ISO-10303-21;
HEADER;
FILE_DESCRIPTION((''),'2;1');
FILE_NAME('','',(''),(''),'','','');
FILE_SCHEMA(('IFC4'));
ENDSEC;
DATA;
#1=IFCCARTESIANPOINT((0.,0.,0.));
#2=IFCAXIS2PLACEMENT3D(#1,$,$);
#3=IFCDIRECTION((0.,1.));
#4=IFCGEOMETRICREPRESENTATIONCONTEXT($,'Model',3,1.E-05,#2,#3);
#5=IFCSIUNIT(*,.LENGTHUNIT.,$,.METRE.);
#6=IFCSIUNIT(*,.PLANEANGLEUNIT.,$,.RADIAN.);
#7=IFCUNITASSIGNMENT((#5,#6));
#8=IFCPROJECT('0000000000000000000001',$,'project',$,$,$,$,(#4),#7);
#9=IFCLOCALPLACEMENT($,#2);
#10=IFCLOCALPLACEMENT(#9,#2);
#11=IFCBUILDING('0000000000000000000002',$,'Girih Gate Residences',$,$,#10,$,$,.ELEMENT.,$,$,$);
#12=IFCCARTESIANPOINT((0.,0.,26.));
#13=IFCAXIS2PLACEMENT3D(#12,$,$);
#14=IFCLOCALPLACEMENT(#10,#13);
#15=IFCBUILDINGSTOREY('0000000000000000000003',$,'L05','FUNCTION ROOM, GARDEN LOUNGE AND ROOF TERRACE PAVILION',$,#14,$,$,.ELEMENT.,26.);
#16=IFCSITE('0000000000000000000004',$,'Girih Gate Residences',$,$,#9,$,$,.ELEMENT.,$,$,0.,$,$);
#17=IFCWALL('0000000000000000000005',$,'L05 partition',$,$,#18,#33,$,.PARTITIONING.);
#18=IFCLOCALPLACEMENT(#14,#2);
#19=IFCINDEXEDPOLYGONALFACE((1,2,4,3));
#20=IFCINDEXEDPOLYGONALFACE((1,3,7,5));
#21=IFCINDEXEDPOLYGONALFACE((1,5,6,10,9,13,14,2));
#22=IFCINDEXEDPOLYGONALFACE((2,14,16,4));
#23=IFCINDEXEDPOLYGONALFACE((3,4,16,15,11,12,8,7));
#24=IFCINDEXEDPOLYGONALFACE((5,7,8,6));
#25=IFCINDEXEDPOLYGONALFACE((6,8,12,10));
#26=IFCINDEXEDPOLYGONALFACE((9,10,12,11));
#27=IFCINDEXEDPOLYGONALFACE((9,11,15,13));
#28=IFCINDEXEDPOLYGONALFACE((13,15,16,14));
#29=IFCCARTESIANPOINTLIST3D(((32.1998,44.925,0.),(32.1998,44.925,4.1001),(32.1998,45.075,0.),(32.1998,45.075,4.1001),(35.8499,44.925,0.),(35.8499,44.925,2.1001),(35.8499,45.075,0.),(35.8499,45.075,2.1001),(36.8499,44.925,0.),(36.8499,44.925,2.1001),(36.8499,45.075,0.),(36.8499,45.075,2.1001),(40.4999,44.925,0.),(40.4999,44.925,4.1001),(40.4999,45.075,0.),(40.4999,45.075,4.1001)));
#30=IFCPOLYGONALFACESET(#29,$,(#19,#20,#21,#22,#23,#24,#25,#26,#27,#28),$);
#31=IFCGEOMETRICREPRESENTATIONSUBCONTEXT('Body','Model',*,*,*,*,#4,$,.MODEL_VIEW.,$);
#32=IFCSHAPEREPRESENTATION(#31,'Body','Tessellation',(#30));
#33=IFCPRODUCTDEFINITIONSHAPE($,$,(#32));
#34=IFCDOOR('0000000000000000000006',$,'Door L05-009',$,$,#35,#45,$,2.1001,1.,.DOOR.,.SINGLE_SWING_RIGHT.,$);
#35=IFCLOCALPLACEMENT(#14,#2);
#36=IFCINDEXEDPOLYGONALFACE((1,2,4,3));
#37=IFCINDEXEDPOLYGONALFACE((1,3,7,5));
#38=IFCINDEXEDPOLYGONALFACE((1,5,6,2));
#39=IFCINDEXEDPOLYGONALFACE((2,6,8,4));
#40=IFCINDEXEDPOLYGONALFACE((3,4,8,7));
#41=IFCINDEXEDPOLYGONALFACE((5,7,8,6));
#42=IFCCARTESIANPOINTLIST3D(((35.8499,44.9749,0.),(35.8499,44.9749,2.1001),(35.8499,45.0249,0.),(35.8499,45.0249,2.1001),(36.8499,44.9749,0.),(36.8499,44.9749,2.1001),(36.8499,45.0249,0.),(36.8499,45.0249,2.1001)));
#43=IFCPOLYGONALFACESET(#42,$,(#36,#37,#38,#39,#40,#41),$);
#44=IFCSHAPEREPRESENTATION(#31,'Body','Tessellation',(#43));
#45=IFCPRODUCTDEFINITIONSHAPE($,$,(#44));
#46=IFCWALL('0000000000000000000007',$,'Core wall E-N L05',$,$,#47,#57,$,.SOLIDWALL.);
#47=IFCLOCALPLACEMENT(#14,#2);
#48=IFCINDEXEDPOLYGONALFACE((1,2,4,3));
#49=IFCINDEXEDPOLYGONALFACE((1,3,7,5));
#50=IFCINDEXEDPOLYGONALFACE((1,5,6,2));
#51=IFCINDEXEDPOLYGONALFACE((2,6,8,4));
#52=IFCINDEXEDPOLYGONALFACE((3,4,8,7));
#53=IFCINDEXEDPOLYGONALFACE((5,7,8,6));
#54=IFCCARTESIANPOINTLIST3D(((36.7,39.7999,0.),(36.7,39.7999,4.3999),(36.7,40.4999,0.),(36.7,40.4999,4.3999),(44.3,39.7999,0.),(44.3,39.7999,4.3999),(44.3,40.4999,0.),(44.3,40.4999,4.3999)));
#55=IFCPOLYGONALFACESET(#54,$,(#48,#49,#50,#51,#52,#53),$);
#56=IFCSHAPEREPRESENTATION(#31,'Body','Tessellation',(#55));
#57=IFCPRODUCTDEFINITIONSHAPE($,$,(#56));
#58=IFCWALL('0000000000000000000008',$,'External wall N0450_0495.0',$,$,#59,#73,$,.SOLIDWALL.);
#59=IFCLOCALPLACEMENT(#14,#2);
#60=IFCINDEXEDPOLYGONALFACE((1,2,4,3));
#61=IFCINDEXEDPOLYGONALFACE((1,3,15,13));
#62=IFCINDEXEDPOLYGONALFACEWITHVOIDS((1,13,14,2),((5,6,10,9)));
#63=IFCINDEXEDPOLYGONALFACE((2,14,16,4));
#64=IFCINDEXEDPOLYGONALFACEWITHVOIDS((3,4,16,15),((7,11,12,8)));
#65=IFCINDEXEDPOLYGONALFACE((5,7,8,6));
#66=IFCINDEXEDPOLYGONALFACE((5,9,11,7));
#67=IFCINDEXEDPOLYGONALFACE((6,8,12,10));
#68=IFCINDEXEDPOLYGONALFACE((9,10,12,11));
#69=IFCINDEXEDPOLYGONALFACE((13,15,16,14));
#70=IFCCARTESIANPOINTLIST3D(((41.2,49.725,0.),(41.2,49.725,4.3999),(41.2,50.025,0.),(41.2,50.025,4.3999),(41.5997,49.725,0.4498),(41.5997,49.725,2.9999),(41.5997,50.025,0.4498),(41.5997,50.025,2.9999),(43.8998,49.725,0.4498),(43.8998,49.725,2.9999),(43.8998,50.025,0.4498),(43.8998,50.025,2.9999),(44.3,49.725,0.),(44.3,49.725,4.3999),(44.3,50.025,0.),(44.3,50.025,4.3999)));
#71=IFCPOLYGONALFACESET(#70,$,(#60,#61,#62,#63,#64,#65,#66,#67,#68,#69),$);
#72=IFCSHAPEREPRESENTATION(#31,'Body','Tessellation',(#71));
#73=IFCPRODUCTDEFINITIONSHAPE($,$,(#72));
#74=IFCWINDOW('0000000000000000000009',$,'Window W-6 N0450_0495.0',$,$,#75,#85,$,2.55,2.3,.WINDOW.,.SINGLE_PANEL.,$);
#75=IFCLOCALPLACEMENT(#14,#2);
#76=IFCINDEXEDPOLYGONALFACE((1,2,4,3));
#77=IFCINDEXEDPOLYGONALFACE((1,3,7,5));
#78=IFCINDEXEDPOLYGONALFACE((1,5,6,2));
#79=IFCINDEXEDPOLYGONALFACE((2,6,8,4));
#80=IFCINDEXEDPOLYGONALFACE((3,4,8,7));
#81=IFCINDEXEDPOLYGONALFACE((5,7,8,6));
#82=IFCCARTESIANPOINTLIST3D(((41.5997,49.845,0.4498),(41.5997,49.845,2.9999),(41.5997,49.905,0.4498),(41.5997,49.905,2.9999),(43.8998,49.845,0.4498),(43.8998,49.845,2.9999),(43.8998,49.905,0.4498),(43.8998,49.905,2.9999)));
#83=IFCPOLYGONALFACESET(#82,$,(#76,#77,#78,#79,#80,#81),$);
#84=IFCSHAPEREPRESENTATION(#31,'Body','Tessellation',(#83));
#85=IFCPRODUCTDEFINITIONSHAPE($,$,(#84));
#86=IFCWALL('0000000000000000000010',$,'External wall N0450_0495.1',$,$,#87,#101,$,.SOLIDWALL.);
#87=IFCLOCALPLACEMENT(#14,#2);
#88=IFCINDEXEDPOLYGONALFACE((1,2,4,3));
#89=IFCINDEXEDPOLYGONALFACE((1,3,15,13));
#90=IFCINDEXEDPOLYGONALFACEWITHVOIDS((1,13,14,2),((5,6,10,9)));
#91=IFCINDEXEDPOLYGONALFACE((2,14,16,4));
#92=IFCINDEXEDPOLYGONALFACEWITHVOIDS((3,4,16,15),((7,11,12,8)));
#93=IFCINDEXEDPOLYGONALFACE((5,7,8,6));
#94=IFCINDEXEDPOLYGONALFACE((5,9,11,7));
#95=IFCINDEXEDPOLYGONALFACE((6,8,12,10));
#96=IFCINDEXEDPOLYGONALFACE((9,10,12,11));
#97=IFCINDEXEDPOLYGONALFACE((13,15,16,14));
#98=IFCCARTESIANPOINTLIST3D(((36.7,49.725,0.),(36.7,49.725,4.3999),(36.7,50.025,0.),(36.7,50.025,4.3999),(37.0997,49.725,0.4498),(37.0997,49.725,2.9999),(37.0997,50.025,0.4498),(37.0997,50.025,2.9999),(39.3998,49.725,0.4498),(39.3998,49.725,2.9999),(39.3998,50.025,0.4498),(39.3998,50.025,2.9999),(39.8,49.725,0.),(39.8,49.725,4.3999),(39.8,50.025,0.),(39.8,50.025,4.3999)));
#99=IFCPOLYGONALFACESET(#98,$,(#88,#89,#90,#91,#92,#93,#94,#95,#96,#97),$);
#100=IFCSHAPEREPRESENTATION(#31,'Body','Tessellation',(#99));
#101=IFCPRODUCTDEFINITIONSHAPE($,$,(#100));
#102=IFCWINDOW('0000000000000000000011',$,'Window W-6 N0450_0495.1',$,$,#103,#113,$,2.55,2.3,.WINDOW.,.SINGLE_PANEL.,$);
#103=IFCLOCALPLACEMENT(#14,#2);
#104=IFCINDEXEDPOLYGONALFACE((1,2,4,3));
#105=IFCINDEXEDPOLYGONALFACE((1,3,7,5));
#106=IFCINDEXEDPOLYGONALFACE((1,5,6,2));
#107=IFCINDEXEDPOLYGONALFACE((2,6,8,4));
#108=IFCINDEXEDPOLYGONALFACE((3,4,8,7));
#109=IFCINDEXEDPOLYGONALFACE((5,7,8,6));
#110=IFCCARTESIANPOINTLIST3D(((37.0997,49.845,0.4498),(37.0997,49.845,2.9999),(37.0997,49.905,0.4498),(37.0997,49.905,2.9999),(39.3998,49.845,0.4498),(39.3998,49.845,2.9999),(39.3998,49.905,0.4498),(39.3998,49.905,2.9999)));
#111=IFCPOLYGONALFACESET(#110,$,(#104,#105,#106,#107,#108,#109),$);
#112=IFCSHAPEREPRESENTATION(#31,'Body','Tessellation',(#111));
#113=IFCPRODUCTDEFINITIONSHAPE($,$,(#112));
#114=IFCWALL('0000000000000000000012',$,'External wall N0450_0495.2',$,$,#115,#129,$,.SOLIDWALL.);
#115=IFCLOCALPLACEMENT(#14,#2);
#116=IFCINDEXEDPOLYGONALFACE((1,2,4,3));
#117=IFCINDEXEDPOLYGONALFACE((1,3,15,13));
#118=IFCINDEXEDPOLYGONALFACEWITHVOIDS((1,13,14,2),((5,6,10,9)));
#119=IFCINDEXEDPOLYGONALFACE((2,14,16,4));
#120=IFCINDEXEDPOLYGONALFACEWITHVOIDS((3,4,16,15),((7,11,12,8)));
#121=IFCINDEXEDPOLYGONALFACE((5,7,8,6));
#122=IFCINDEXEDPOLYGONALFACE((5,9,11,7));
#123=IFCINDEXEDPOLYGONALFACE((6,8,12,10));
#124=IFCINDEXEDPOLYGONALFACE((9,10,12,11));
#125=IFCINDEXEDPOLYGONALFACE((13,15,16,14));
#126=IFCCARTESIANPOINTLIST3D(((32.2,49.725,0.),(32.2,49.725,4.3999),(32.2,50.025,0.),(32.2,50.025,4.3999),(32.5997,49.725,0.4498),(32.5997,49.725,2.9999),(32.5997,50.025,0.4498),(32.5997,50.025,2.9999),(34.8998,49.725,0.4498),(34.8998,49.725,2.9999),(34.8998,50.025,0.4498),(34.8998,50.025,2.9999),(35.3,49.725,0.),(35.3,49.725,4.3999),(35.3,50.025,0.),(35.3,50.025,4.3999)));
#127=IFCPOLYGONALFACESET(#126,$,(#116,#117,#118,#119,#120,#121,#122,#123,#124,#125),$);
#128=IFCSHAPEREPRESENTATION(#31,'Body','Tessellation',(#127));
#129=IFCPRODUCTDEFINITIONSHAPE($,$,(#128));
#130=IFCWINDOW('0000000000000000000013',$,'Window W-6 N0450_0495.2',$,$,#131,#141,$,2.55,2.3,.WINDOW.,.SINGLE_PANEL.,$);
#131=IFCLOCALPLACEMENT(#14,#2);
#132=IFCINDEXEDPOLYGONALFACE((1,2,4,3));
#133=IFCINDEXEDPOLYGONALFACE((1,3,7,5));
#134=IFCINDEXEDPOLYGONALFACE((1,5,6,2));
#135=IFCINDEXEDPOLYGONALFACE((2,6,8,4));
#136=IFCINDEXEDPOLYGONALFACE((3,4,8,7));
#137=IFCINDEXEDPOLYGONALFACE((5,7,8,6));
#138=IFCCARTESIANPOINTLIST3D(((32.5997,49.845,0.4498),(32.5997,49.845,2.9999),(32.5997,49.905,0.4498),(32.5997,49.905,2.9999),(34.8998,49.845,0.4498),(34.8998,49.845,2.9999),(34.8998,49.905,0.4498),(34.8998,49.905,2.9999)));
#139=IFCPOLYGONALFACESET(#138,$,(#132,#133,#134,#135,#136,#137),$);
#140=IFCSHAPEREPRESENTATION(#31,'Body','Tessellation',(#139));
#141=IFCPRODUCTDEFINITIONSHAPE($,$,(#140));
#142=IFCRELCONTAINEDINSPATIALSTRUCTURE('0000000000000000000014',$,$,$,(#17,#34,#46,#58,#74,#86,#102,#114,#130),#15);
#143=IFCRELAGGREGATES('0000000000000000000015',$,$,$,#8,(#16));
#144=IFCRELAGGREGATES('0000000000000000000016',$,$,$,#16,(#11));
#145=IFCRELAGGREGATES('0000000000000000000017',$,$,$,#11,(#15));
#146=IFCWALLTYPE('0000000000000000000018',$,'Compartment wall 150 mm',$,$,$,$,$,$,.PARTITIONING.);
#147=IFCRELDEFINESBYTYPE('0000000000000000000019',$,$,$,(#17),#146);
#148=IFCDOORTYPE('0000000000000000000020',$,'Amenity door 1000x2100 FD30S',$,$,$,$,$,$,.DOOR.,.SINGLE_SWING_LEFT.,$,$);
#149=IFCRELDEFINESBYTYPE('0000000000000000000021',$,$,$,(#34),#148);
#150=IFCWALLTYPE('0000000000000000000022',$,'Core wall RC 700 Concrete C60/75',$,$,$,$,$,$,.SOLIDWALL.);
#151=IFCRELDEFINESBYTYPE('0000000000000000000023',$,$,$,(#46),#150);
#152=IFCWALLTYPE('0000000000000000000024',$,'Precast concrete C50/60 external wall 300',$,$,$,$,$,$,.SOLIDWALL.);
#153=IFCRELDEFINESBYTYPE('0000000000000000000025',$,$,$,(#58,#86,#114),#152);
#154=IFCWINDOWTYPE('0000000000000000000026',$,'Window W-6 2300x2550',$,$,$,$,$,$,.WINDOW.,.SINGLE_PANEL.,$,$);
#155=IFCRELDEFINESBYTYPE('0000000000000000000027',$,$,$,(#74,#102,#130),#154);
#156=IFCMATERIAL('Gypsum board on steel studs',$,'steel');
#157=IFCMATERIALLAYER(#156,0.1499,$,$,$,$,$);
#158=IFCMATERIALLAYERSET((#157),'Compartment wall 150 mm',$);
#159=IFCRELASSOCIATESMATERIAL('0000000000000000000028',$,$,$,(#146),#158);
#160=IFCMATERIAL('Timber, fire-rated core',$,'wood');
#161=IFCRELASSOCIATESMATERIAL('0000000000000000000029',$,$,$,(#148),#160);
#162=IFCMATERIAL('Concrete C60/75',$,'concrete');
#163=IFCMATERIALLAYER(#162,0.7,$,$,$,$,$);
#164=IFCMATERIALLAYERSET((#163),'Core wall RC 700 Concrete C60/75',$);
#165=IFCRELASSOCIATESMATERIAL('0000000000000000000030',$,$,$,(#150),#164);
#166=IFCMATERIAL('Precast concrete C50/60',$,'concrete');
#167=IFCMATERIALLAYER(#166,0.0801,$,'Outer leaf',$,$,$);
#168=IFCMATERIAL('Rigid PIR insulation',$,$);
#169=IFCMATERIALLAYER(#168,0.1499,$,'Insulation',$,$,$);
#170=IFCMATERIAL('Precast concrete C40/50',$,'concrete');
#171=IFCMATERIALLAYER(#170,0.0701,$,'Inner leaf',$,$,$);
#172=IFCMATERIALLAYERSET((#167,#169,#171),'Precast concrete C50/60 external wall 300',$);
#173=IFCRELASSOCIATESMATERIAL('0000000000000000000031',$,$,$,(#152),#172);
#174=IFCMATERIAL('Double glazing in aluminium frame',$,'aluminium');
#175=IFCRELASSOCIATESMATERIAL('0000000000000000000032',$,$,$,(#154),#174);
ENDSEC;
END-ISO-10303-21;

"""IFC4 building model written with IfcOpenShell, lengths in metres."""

from ifc_helpers import new_model, si_unit, direction, frame, frame_2d, origin, place, context, subcontext, project, spatial, rectangle, extrude, material, layer, layer_set, type_object, element, fill, save


model = new_model("IFC4")

# Units and contexts
model_context = context("Model", 3, precision=1e-05, world=origin(), true_north=direction((0.0, 1.0)))
body_context = subcontext(model_context, "Body", "Model", "MODEL_VIEW")
ifc_project = project(units=[si_unit("LENGTHUNIT", "METRE"), si_unit("PLANEANGLEUNIT", "RADIAN")], contexts=[model_context])

# Site, building, storey
site_placement = place(None, origin())
site = spatial("IfcSite", under=ifc_project, at=site_placement, Name="Girih Gate Residences", CompositionType="ELEMENT", RefElevation=0.0)
building_placement = place(site_placement, origin())
building = spatial("IfcBuilding", under=site, at=building_placement, Name="Girih Gate Residences", CompositionType="ELEMENT")
storey_placement = place(building_placement, frame((0.0, 0.0, 26.0)))
storey = spatial("IfcBuildingStorey", under=building, at=storey_placement, Name="L05", Description="FUNCTION ROOM, GARDEN LOUNGE AND ROOF TERRACE PAVILION", CompositionType="ELEMENT", Elevation=26.0)

# Shared definitions
ifc_material_1 = material(Name="Concrete C60/75", Category="concrete")

# Shared definitions
ifc_material_2 = material(Name="Gypsum board on steel studs", Category="steel")
ifc_layer_1 = layer(ifc_material_2, 0.1499)
ifc_layer_set_1 = layer_set([ifc_layer_1], Name="Compartment wall 150 mm")
wall_type_1 = type_object("IfcWallType", Name="Compartment wall 150 mm", PredefinedType="PARTITIONING", material=ifc_layer_set_1)

# Wall, opening, door
ifc_material_3 = material(Name="Timber, fire-rated core", Category="wood")
door_type = type_object("IfcDoorType", Name="Amenity door 1000x2100 FD30S", OperationType="SINGLE_SWING_LEFT", PredefinedType="DOOR", material=ifc_material_3)
wall_1_placement = place(storey_placement, frame((32.2, 45.0, 0.0), z_axis=(0.0, 0.0, 1.0), x_axis=(1.0, 0.0, 0.0)))
wall_1 = element("IfcWall", 1, at=wall_1_placement, inside=storey, type_object=wall_type_1, Name="L05 partition", PredefinedType="PARTITIONING", context=body_context, shape_type="SweptSolid", body=[
    extrude(rectangle(XDim=8.3, YDim=0.1499, at=frame_2d((4.1499, 0.0))), origin(), (0.0, 0.0, 1.0), 4.1001),
])
opening_1_placement = place(wall_1_placement, frame((3.6499, 0.0, 0.0)))
opening_1 = element("IfcOpeningElement", 2, at=opening_1_placement, cuts=wall_1, PredefinedType="OPENING", context=body_context, shape_type="SweptSolid", body=[
    extrude(rectangle(XDim=1.0, YDim=2.1001, at=frame_2d((0.5, 1.05))), frame((0.0, 0.085, 0.0), z_axis=(0.0, -1.0, 0.0), x_axis=(1.0, 0.0, 0.0)), (0.0, 0.0, 1.0), 0.1699),
])
door_1_placement = place(opening_1_placement, origin())
door_1 = element("IfcDoor", 3, at=door_1_placement, inside=storey, type_object=door_type, Name="Door L05-009", OperationType="SINGLE_SWING_RIGHT", OverallHeight=2.1001, OverallWidth=1.0, PredefinedType="DOOR", context=body_context, shape_type="SweptSolid", body=[
    extrude(rectangle(XDim=1.0, YDim=2.1001, at=frame_2d((0.5, 1.05))), frame((0.0, 0.0249, 0.0), z_axis=(0.0, -1.0, 0.0), x_axis=(1.0, 0.0, 0.0)), (0.0, 0.0, 1.0), 0.05),
])
fill(opening_1, door_1)

# Wall
ifc_layer_2 = layer(ifc_material_1, 0.7)
ifc_layer_set_2 = layer_set([ifc_layer_2], Name="Core wall RC 700 Concrete C60/75")
wall_type_2 = type_object("IfcWallType", Name="Core wall RC 700 Concrete C60/75", PredefinedType="SOLIDWALL", material=ifc_layer_set_2)
wall_2_placement = place(storey_placement, frame((36.7, 40.1499, 0.0), z_axis=(0.0, 0.0, 1.0), x_axis=(1.0, 0.0, 0.0)))
element("IfcWall", 4, at=wall_2_placement, inside=storey, type_object=wall_type_2, Name="Core wall E-N L05", PredefinedType="SOLIDWALL", context=body_context, shape_type="SweptSolid", body=[
    extrude(rectangle(XDim=7.6001, YDim=0.7, at=frame_2d((3.8, 0.0))), origin(), (0.0, 0.0, 1.0), 4.3999),
])

# Walls, openings, windows
ifc_material_4 = material(Name="Precast concrete C50/60", Category="concrete")
ifc_layer_3 = layer(ifc_material_4, 0.0801, Name="Outer leaf")
ifc_material_5 = material(Name="Rigid PIR insulation")
ifc_layer_4 = layer(ifc_material_5, 0.1499, Name="Insulation")
ifc_material_6 = material(Name="Precast concrete C40/50", Category="concrete")
ifc_layer_5 = layer(ifc_material_6, 0.0701, Name="Inner leaf")
ifc_layer_set_3 = layer_set([ifc_layer_3, ifc_layer_4, ifc_layer_5], Name="Precast concrete C50/60 external wall 300")
wall_type_3 = type_object("IfcWallType", Name="Precast concrete C50/60 external wall 300", PredefinedType="SOLIDWALL", material=ifc_layer_set_3)
wall_3_placement = place(storey_placement, frame((41.2, 49.875, 0.0), z_axis=(0.0, 0.0, 1.0), x_axis=(1.0, 0.0, 0.0)))
wall_3 = element("IfcWall", 5, at=wall_3_placement, inside=storey, type_object=wall_type_3, Name="External wall N0450_0495.0", PredefinedType="SOLIDWALL", context=body_context, shape_type="SweptSolid", body=[
    extrude(rectangle(XDim=3.1001, YDim=0.3, at=frame_2d((1.55, 0.0))), origin(), (0.0, 0.0, 1.0), 4.3999),
])
opening_2_placement = place(wall_3_placement, frame((0.3999, 0.0, 0.45)))
opening_2 = element("IfcOpeningElement", 6, at=opening_2_placement, cuts=wall_3, PredefinedType="OPENING", context=body_context, shape_type="SweptSolid", body=[
    extrude(rectangle(XDim=2.3, YDim=2.55, at=frame_2d((1.1499, 1.2749))), frame((0.0, 0.1599, 0.0), z_axis=(0.0, -1.0, 0.0), x_axis=(1.0, 0.0, 0.0)), (0.0, 0.0, 1.0), 0.3201),
])
ifc_material_7 = material(Name="Double glazing in aluminium frame", Category="aluminium")
window_type = type_object("IfcWindowType", Name="Window W-6 2300x2550", PartitioningType="SINGLE_PANEL", PredefinedType="WINDOW", material=ifc_material_7)
window_1_placement = place(opening_2_placement, origin())
window_1 = element("IfcWindow", 7, at=window_1_placement, inside=storey, type_object=window_type, Name="Window W-6 N0450_0495.0", OverallHeight=2.55, OverallWidth=2.3, PartitioningType="SINGLE_PANEL", PredefinedType="WINDOW", context=body_context, shape_type="SweptSolid", body=[
    extrude(rectangle(XDim=2.3, YDim=2.55, at=frame_2d((1.1499, 1.2749))), frame((0.0, 0.03, 0.0), z_axis=(0.0, -1.0, 0.0), x_axis=(1.0, 0.0, 0.0)), (0.0, 0.0, 1.0), 0.0601),
])
fill(opening_2, window_1)
wall_4_placement = place(storey_placement, frame((36.7, 49.875, 0.0), z_axis=(0.0, 0.0, 1.0), x_axis=(1.0, 0.0, 0.0)))
wall_4 = element("IfcWall", 8, at=wall_4_placement, inside=storey, type_object=wall_type_3, Name="External wall N0450_0495.1", PredefinedType="SOLIDWALL", context=body_context, shape_type="SweptSolid", body=[
    extrude(rectangle(XDim=3.1001, YDim=0.3, at=frame_2d((1.55, 0.0))), origin(), (0.0, 0.0, 1.0), 4.3999),
])
opening_3_placement = place(wall_4_placement, frame((0.3999, 0.0, 0.45)))
opening_3 = element("IfcOpeningElement", 9, at=opening_3_placement, cuts=wall_4, PredefinedType="OPENING", context=body_context, shape_type="SweptSolid", body=[
    extrude(rectangle(XDim=2.3, YDim=2.55, at=frame_2d((1.1499, 1.2749))), frame((0.0, 0.1599, 0.0), z_axis=(0.0, -1.0, 0.0), x_axis=(1.0, 0.0, 0.0)), (0.0, 0.0, 1.0), 0.3201),
])
window_2_placement = place(opening_3_placement, origin())
window_2 = element("IfcWindow", 10, at=window_2_placement, inside=storey, type_object=window_type, Name="Window W-6 N0450_0495.1", OverallHeight=2.55, OverallWidth=2.3, PartitioningType="SINGLE_PANEL", PredefinedType="WINDOW", context=body_context, shape_type="SweptSolid", body=[
    extrude(rectangle(XDim=2.3, YDim=2.55, at=frame_2d((1.1499, 1.2749))), frame((0.0, 0.03, 0.0), z_axis=(0.0, -1.0, 0.0), x_axis=(1.0, 0.0, 0.0)), (0.0, 0.0, 1.0), 0.0601),
])
fill(opening_3, window_2)
wall_5_placement = place(storey_placement, frame((32.2, 49.875, 0.0), z_axis=(0.0, 0.0, 1.0), x_axis=(1.0, 0.0, 0.0)))
wall_5 = element("IfcWall", 11, at=wall_5_placement, inside=storey, type_object=wall_type_3, Name="External wall N0450_0495.2", PredefinedType="SOLIDWALL", context=body_context, shape_type="SweptSolid", body=[
    extrude(rectangle(XDim=3.1001, YDim=0.3, at=frame_2d((1.55, 0.0))), origin(), (0.0, 0.0, 1.0), 4.3999),
])
opening_4_placement = place(wall_5_placement, frame((0.3999, 0.0, 0.45)))
opening_4 = element("IfcOpeningElement", 12, at=opening_4_placement, cuts=wall_5, PredefinedType="OPENING", context=body_context, shape_type="SweptSolid", body=[
    extrude(rectangle(XDim=2.3, YDim=2.55, at=frame_2d((1.1499, 1.2749))), frame((0.0, 0.1599, 0.0), z_axis=(0.0, -1.0, 0.0), x_axis=(1.0, 0.0, 0.0)), (0.0, 0.0, 1.0), 0.3201),
])
window_3_placement = place(opening_4_placement, origin())
window_3 = element("IfcWindow", 13, at=window_3_placement, inside=storey, type_object=window_type, Name="Window W-6 N0450_0495.2", OverallHeight=2.55, OverallWidth=2.3, PartitioningType="SINGLE_PANEL", PredefinedType="WINDOW", context=body_context, shape_type="SweptSolid", body=[
    extrude(rectangle(XDim=2.3, YDim=2.55, at=frame_2d((1.1499, 1.2749))), frame((0.0, 0.03, 0.0), z_axis=(0.0, -1.0, 0.0), x_axis=(1.0, 0.0, 0.0)), (0.0, 0.0, 1.0), 0.0601),
])
fill(opening_4, window_3)

save(model, "model.ifc")
